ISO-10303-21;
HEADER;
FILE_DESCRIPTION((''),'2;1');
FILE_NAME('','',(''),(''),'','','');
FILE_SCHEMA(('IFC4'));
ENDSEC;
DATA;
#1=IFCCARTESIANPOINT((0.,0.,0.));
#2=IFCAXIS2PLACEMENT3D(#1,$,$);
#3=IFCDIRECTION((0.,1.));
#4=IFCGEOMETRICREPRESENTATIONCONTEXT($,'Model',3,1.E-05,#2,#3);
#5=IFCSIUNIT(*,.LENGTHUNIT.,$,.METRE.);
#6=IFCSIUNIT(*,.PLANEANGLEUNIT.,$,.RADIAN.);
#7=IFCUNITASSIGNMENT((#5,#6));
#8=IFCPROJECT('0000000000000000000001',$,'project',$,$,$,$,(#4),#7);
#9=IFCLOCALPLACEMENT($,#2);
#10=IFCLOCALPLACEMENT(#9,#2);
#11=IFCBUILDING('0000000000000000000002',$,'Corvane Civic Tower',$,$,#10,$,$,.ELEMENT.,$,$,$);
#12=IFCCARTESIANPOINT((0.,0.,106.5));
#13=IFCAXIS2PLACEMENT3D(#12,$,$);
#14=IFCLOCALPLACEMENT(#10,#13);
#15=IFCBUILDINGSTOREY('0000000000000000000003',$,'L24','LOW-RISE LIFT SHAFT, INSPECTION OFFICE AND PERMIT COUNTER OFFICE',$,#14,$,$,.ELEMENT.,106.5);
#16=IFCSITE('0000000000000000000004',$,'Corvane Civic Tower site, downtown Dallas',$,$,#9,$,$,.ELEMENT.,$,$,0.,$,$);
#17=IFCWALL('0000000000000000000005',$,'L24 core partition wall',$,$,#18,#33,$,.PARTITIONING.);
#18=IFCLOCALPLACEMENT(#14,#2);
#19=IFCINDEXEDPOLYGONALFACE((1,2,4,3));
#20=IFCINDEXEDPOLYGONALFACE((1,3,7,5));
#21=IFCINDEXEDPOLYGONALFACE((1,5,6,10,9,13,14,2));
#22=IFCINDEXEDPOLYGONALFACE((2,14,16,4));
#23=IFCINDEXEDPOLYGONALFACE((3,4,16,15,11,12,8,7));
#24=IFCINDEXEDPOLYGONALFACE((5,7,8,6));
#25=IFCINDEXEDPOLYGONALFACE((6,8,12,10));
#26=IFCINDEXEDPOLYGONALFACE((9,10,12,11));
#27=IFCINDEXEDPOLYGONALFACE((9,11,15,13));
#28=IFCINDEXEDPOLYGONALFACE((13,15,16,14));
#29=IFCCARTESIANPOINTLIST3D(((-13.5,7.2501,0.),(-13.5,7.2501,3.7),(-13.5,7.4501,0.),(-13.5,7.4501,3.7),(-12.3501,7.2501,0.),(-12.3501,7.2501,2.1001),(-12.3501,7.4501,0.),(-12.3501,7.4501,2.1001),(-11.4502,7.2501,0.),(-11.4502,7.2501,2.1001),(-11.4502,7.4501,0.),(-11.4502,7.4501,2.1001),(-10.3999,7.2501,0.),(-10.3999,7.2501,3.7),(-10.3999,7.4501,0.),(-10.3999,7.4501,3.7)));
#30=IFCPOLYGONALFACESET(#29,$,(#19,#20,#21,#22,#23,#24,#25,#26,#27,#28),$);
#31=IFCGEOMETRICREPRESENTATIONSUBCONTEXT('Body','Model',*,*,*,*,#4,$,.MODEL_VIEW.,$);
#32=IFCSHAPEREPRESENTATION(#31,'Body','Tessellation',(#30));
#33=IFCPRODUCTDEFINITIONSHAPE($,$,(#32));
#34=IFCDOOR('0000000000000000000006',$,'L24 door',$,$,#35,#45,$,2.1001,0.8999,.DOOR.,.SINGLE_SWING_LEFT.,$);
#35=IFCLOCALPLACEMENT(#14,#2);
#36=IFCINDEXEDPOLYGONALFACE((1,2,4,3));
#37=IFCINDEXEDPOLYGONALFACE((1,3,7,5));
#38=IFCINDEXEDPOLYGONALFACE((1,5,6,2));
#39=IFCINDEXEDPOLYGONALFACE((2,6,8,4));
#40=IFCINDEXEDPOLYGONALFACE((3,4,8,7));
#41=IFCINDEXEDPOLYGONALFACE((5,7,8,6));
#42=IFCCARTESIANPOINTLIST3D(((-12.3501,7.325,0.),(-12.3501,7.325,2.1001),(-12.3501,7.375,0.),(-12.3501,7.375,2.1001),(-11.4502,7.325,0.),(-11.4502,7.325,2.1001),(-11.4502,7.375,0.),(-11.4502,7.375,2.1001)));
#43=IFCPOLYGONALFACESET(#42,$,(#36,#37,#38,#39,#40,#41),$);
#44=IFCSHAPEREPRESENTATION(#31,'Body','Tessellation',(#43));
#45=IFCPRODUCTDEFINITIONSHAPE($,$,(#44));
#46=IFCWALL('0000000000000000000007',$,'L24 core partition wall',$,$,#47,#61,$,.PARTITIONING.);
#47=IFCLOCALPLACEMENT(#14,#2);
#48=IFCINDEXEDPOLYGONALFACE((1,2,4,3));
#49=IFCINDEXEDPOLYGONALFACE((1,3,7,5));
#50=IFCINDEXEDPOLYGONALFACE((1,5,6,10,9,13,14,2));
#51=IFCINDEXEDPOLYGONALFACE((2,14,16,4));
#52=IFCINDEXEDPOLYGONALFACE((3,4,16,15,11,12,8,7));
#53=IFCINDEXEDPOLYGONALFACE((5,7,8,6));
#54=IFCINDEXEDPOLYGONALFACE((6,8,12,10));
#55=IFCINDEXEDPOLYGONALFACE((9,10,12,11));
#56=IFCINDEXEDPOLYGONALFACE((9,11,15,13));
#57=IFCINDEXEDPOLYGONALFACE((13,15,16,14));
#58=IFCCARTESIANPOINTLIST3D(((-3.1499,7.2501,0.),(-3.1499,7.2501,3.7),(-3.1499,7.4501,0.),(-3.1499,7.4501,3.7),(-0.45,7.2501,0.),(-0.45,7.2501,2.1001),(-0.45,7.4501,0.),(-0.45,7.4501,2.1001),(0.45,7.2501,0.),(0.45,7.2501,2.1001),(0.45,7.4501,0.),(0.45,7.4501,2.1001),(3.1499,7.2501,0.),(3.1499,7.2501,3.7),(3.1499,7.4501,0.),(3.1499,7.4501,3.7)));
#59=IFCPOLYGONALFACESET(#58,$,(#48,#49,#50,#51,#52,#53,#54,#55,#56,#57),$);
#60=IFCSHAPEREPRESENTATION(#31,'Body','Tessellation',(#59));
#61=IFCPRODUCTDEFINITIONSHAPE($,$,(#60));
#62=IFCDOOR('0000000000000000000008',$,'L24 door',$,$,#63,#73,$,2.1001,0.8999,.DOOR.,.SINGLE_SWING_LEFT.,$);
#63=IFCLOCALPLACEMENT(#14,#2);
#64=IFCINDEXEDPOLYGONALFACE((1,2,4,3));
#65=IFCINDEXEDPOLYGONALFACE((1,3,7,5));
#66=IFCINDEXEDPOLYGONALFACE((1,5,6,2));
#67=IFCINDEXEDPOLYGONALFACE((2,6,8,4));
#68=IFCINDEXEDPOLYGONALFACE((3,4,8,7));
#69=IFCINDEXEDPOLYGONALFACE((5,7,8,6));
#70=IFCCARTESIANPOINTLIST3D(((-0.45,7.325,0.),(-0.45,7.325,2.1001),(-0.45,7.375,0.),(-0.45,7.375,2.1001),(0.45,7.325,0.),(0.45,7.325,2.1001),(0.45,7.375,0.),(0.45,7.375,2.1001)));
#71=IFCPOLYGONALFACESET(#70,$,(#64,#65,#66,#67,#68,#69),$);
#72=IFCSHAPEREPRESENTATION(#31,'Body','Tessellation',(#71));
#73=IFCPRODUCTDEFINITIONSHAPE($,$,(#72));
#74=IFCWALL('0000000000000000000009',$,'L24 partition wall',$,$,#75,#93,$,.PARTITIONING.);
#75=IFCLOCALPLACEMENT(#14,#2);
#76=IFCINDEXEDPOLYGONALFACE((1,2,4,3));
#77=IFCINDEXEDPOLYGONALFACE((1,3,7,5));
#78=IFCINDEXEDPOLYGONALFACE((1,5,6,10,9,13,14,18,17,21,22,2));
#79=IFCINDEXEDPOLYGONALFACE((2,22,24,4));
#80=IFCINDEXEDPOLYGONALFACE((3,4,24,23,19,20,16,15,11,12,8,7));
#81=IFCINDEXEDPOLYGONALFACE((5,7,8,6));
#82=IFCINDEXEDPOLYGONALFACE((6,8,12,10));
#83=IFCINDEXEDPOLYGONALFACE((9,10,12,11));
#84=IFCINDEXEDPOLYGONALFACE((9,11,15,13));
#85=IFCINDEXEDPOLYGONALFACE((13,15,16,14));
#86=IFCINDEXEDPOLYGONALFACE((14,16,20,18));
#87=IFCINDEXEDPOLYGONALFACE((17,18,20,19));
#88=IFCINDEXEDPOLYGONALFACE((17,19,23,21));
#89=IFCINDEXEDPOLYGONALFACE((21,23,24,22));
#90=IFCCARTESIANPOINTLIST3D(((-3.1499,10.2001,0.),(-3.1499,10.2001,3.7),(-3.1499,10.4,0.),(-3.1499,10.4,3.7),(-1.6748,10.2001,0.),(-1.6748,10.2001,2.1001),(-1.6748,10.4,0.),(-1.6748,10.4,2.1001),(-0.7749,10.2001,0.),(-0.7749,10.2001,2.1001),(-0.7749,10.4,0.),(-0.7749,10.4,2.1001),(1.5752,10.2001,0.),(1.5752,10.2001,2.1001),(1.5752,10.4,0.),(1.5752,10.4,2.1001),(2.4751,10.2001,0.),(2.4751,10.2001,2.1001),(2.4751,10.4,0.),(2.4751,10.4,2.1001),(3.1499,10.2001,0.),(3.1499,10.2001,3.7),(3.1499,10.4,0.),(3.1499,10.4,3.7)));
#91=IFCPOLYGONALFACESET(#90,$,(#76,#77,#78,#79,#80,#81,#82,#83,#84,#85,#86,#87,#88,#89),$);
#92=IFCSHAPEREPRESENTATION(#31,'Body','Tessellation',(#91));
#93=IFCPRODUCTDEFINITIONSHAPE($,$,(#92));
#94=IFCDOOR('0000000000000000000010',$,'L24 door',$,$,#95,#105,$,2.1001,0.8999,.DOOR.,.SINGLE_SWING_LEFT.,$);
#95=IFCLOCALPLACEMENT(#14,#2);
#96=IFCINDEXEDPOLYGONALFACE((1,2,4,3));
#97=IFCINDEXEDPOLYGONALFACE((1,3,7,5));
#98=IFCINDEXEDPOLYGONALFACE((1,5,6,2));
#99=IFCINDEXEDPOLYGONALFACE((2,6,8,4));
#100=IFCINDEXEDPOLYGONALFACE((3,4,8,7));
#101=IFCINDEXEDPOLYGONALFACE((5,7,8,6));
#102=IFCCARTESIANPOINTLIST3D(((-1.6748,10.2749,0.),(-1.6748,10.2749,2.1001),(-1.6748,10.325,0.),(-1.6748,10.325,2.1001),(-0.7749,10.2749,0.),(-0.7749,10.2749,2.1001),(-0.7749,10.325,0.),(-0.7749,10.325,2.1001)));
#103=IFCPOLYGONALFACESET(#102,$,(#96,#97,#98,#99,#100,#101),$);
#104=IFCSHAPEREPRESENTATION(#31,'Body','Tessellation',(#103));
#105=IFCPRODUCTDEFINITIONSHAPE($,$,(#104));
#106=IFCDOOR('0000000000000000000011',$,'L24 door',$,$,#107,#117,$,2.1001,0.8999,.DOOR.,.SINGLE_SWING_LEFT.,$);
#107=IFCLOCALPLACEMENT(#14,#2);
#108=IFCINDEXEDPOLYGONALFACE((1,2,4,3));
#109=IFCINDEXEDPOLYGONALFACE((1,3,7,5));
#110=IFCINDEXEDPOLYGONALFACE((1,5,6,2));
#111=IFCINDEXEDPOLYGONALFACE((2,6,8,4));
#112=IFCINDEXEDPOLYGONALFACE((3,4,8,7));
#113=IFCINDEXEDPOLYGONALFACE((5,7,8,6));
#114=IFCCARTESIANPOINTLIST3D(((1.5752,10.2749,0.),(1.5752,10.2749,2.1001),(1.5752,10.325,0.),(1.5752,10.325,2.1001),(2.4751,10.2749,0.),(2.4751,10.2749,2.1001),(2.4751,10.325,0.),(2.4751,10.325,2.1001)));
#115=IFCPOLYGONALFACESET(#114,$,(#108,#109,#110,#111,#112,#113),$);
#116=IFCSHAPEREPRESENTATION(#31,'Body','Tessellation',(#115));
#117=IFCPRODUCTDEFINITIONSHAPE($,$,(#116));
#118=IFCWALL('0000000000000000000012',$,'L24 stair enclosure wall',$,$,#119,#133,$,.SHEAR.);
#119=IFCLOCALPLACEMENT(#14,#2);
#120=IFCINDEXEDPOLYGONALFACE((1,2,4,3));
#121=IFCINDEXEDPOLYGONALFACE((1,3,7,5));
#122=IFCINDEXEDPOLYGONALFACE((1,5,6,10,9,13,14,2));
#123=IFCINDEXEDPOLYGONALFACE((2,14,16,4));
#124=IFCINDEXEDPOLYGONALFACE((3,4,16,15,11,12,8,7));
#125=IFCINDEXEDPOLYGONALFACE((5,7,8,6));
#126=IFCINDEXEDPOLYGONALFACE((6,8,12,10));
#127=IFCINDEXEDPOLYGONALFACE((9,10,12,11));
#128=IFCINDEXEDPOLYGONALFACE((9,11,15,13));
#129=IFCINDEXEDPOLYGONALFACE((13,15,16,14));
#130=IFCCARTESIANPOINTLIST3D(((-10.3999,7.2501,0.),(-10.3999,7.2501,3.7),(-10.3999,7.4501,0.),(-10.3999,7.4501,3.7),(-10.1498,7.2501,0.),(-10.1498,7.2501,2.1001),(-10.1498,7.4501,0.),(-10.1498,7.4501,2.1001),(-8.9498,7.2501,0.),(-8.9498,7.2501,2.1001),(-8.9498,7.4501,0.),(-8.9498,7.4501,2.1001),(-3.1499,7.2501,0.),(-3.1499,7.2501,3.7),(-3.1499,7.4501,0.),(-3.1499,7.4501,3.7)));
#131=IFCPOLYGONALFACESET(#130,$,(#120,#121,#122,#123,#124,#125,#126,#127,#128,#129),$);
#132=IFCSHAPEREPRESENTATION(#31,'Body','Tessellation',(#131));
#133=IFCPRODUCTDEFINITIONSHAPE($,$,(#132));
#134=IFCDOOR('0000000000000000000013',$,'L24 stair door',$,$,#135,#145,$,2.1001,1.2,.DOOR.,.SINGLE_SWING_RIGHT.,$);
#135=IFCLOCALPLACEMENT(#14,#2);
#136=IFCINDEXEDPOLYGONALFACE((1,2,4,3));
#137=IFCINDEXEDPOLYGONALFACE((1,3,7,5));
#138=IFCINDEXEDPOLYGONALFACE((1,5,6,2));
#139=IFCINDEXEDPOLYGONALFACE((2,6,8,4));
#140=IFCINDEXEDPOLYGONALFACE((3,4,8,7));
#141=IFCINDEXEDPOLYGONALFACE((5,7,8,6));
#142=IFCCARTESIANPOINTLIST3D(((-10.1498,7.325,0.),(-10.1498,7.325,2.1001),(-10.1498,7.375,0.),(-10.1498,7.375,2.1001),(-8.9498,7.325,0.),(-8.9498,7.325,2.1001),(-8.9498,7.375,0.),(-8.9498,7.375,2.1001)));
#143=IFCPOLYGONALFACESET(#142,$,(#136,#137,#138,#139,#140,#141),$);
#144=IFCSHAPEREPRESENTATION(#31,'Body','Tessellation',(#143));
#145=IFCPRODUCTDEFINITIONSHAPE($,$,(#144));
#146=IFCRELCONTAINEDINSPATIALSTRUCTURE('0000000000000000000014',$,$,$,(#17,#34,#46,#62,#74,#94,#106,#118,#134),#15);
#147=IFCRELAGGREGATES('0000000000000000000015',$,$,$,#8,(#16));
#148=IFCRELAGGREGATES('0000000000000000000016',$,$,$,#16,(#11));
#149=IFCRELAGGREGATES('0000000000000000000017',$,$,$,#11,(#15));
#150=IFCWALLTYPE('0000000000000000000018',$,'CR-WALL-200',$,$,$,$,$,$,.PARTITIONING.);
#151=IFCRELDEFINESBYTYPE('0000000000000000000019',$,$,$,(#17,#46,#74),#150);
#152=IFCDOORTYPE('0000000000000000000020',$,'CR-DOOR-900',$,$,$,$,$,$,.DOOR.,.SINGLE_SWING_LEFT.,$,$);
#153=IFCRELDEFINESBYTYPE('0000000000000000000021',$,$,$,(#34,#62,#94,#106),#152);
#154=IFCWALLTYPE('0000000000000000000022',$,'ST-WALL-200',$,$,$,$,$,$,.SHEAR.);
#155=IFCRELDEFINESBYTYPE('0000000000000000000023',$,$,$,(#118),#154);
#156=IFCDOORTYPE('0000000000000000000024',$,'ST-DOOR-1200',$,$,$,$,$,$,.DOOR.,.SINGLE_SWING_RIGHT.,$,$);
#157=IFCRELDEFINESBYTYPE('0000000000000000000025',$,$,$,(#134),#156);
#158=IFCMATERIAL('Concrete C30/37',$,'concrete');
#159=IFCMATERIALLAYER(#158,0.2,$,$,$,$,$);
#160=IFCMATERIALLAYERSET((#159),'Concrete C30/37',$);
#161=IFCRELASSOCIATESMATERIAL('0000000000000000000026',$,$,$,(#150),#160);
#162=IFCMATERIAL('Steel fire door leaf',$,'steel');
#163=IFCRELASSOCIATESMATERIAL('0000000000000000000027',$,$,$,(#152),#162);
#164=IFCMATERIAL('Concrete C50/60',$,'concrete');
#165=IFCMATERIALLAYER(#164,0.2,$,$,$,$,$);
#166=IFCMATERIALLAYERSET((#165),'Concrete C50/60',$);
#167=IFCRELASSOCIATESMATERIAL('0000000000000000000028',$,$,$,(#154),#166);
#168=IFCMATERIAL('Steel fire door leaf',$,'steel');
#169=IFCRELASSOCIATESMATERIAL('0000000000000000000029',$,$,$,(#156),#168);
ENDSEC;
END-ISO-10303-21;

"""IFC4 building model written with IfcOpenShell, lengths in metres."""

from ifc_helpers import new_model, si_unit, direction, frame, frame_2d, origin, place, context, subcontext, project, spatial, rectangle, extrude, material, layer, layer_set, type_object, element, fill, save


model = new_model("IFC4")

# Units and contexts
model_context = context("Model", 3, precision=1e-05, world=origin(), true_north=direction((0.0, 1.0)))
body_context = subcontext(model_context, "Body", "Model", "MODEL_VIEW")
ifc_project = project(units=[si_unit("LENGTHUNIT", "METRE"), si_unit("PLANEANGLEUNIT", "RADIAN")], contexts=[model_context])

# Site, building, storey
site_placement = place(None, origin())
site = spatial("IfcSite", under=ifc_project, at=site_placement, Name="Corvane Civic Tower site, downtown Dallas", CompositionType="ELEMENT", RefElevation=0.0)
building_placement = place(site_placement, origin())
building = spatial("IfcBuilding", under=site, at=building_placement, Name="Corvane Civic Tower", CompositionType="ELEMENT")
storey_placement = place(building_placement, frame((0.0, 0.0, 106.5)))
storey = spatial("IfcBuildingStorey", under=building, at=storey_placement, Name="L24", Description="LOW-RISE LIFT SHAFT, INSPECTION OFFICE AND PERMIT COUNTER OFFICE", CompositionType="ELEMENT", Elevation=106.5)

# Walls, openings, doors
ifc_material_1 = material(Name="Concrete C30/37", Category="concrete")
ifc_layer_1 = layer(ifc_material_1, 0.2)
ifc_layer_set_1 = layer_set([ifc_layer_1], Name="Concrete C30/37")
wall_type_1 = type_object("IfcWallType", Name="CR-WALL-200", PredefinedType="PARTITIONING", material=ifc_layer_set_1)
wall_1_placement = place(storey_placement, frame((-13.5, 7.3501, 0.0), z_axis=(0.0, 0.0, 1.0), x_axis=(1.0, 0.0, 0.0)))
wall_1 = element("IfcWall", 1, at=wall_1_placement, inside=storey, type_object=wall_type_1, Name="L24 core partition wall", PredefinedType="PARTITIONING", context=body_context, shape_type="SweptSolid", body=[
    extrude(rectangle(XDim=3.1001, YDim=0.2, at=frame_2d((1.55, 0.0))), origin(), (0.0, 0.0, 1.0), 3.7),
])
opening_1_placement = place(wall_1_placement, frame((1.1499, 0.0, 0.0)))
opening_1 = element("IfcOpeningElement", 2, at=opening_1_placement, cuts=wall_1, PredefinedType="OPENING", context=body_context, shape_type="SweptSolid", body=[
    extrude(rectangle(XDim=0.8999, YDim=2.1001, at=frame_2d((0.45, 1.05))), frame((0.0, 0.1099, 0.0), z_axis=(0.0, -1.0, 0.0), x_axis=(1.0, 0.0, 0.0)), (0.0, 0.0, 1.0), 0.22),
])
ifc_material_2 = material(Name="Steel fire door leaf", Category="steel")
door_type_1 = type_object("IfcDoorType", Name="CR-DOOR-900", OperationType="SINGLE_SWING_LEFT", PredefinedType="DOOR", material=ifc_material_2)
door_1_placement = place(opening_1_placement, origin())
door_1 = element("IfcDoor", 3, at=door_1_placement, inside=storey, type_object=door_type_1, Name="L24 door", OperationType="SINGLE_SWING_LEFT", OverallHeight=2.1001, OverallWidth=0.8999, PredefinedType="DOOR", context=body_context, shape_type="SweptSolid", body=[
    extrude(rectangle(XDim=0.8999, YDim=2.1001, at=frame_2d((0.45, 1.05))), frame((0.0, 0.0249, 0.0), z_axis=(0.0, -1.0, 0.0), x_axis=(1.0, 0.0, 0.0)), (0.0, 0.0, 1.0), 0.05),
])
fill(opening_1, door_1)
wall_2_placement = place(storey_placement, frame((-3.1499, 7.3501, 0.0), z_axis=(0.0, 0.0, 1.0), x_axis=(1.0, 0.0, 0.0)))
wall_2 = element("IfcWall", 4, at=wall_2_placement, inside=storey, type_object=wall_type_1, Name="L24 core partition wall", PredefinedType="PARTITIONING", context=body_context, shape_type="SweptSolid", body=[
    extrude(rectangle(XDim=6.2998, YDim=0.2, at=frame_2d((3.1499, 0.0))), origin(), (0.0, 0.0, 1.0), 3.7),
])
opening_2_placement = place(wall_2_placement, frame((2.7, 0.0, 0.0)))
opening_2 = element("IfcOpeningElement", 5, at=opening_2_placement, cuts=wall_2, PredefinedType="OPENING", context=body_context, shape_type="SweptSolid", body=[
    extrude(rectangle(XDim=0.8999, YDim=2.1001, at=frame_2d((0.45, 1.05))), frame((0.0, 0.1099, 0.0), z_axis=(0.0, -1.0, 0.0), x_axis=(1.0, 0.0, 0.0)), (0.0, 0.0, 1.0), 0.22),
])
door_2_placement = place(opening_2_placement, origin())
door_2 = element("IfcDoor", 6, at=door_2_placement, inside=storey, type_object=door_type_1, Name="L24 door", OperationType="SINGLE_SWING_LEFT", OverallHeight=2.1001, OverallWidth=0.8999, PredefinedType="DOOR", context=body_context, shape_type="SweptSolid", body=[
    extrude(rectangle(XDim=0.8999, YDim=2.1001, at=frame_2d((0.45, 1.05))), frame((0.0, 0.0249, 0.0), z_axis=(0.0, -1.0, 0.0), x_axis=(1.0, 0.0, 0.0)), (0.0, 0.0, 1.0), 0.05),
])
fill(opening_2, door_2)

# Wall, openings, doors
wall_3_placement = place(storey_placement, frame((-3.1499, 10.3, 0.0), z_axis=(0.0, 0.0, 1.0), x_axis=(1.0, 0.0, 0.0)))
wall_3 = element("IfcWall", 7, at=wall_3_placement, inside=storey, type_object=wall_type_1, Name="L24 partition wall", PredefinedType="PARTITIONING", context=body_context, shape_type="SweptSolid", body=[
    extrude(rectangle(XDim=6.2998, YDim=0.2, at=frame_2d((3.1499, 0.0))), origin(), (0.0, 0.0, 1.0), 3.7),
])
opening_3_placement = place(wall_3_placement, frame((1.4751, 0.0, 0.0)))
opening_3 = element("IfcOpeningElement", 8, at=opening_3_placement, cuts=wall_3, PredefinedType="OPENING", context=body_context, shape_type="SweptSolid", body=[
    extrude(rectangle(XDim=0.8999, YDim=2.1001, at=frame_2d((0.45, 1.05))), frame((0.0, 0.1099, 0.0), z_axis=(0.0, -1.0, 0.0), x_axis=(1.0, 0.0, 0.0)), (0.0, 0.0, 1.0), 0.22),
])
opening_4_placement = place(wall_3_placement, frame((4.7251, 0.0, 0.0)))
opening_4 = element("IfcOpeningElement", 9, at=opening_4_placement, cuts=wall_3, PredefinedType="OPENING", context=body_context, shape_type="SweptSolid", body=[
    extrude(rectangle(XDim=0.8999, YDim=2.1001, at=frame_2d((0.45, 1.05))), frame((0.0, 0.1099, 0.0), z_axis=(0.0, -1.0, 0.0), x_axis=(1.0, 0.0, 0.0)), (0.0, 0.0, 1.0), 0.22),
])
door_3_placement = place(opening_3_placement, origin())
door_3 = element("IfcDoor", 10, at=door_3_placement, inside=storey, type_object=door_type_1, Name="L24 door", OperationType="SINGLE_SWING_LEFT", OverallHeight=2.1001, OverallWidth=0.8999, PredefinedType="DOOR", context=body_context, shape_type="SweptSolid", body=[
    extrude(rectangle(XDim=0.8999, YDim=2.1001, at=frame_2d((0.45, 1.05))), frame((0.0, 0.0249, 0.0), z_axis=(0.0, -1.0, 0.0), x_axis=(1.0, 0.0, 0.0)), (0.0, 0.0, 1.0), 0.05),
])
fill(opening_3, door_3)
door_4_placement = place(opening_4_placement, origin())
door_4 = element("IfcDoor", 11, at=door_4_placement, inside=storey, type_object=door_type_1, Name="L24 door", OperationType="SINGLE_SWING_LEFT", OverallHeight=2.1001, OverallWidth=0.8999, PredefinedType="DOOR", context=body_context, shape_type="SweptSolid", body=[
    extrude(rectangle(XDim=0.8999, YDim=2.1001, at=frame_2d((0.45, 1.05))), frame((0.0, 0.0249, 0.0), z_axis=(0.0, -1.0, 0.0), x_axis=(1.0, 0.0, 0.0)), (0.0, 0.0, 1.0), 0.05),
])
fill(opening_4, door_4)

# Wall, opening, door
ifc_material_3 = material(Name="Concrete C50/60", Category="concrete")
ifc_layer_2 = layer(ifc_material_3, 0.2)
ifc_layer_set_2 = layer_set([ifc_layer_2], Name="Concrete C50/60")
wall_type_2 = type_object("IfcWallType", Name="ST-WALL-200", PredefinedType="SHEAR", material=ifc_layer_set_2)
wall_4_placement = place(storey_placement, frame((-10.3999, 7.3501, 0.0), z_axis=(0.0, 0.0, 1.0), x_axis=(1.0, 0.0, 0.0)))
wall_4 = element("IfcWall", 12, at=wall_4_placement, inside=storey, type_object=wall_type_2, Name="L24 stair enclosure wall", PredefinedType="SHEAR", context=body_context, shape_type="SweptSolid", body=[
    extrude(rectangle(XDim=7.25, YDim=0.2, at=frame_2d((3.625, 0.0))), origin(), (0.0, 0.0, 1.0), 3.7),
])
opening_5_placement = place(wall_4_placement, frame((0.25, 0.0, 0.0)))
opening_5 = element("IfcOpeningElement", 13, at=opening_5_placement, cuts=wall_4, PredefinedType="OPENING", context=body_context, shape_type="SweptSolid", body=[
    extrude(rectangle(XDim=1.2, YDim=2.1001, at=frame_2d((0.6001, 1.05))), frame((0.0, 0.1099, 0.0), z_axis=(0.0, -1.0, 0.0), x_axis=(1.0, 0.0, 0.0)), (0.0, 0.0, 1.0), 0.22),
])
ifc_material_4 = material(Name="Steel fire door leaf", Category="steel")
door_type_2 = type_object("IfcDoorType", Name="ST-DOOR-1200", OperationType="SINGLE_SWING_RIGHT", PredefinedType="DOOR", material=ifc_material_4)
door_5_placement = place(opening_5_placement, origin())
door_5 = element("IfcDoor", 14, at=door_5_placement, inside=storey, type_object=door_type_2, Name="L24 stair door", OperationType="SINGLE_SWING_RIGHT", OverallHeight=2.1001, OverallWidth=1.2, PredefinedType="DOOR", context=body_context, shape_type="SweptSolid", body=[
    extrude(rectangle(XDim=1.2, YDim=2.1001, at=frame_2d((0.6001, 1.05))), frame((0.0, 0.0249, 0.0), z_axis=(0.0, -1.0, 0.0), x_axis=(1.0, 0.0, 0.0)), (0.0, 0.0, 1.0), 0.05),
])
fill(opening_5, door_5)

save(model, "model.ifc")
